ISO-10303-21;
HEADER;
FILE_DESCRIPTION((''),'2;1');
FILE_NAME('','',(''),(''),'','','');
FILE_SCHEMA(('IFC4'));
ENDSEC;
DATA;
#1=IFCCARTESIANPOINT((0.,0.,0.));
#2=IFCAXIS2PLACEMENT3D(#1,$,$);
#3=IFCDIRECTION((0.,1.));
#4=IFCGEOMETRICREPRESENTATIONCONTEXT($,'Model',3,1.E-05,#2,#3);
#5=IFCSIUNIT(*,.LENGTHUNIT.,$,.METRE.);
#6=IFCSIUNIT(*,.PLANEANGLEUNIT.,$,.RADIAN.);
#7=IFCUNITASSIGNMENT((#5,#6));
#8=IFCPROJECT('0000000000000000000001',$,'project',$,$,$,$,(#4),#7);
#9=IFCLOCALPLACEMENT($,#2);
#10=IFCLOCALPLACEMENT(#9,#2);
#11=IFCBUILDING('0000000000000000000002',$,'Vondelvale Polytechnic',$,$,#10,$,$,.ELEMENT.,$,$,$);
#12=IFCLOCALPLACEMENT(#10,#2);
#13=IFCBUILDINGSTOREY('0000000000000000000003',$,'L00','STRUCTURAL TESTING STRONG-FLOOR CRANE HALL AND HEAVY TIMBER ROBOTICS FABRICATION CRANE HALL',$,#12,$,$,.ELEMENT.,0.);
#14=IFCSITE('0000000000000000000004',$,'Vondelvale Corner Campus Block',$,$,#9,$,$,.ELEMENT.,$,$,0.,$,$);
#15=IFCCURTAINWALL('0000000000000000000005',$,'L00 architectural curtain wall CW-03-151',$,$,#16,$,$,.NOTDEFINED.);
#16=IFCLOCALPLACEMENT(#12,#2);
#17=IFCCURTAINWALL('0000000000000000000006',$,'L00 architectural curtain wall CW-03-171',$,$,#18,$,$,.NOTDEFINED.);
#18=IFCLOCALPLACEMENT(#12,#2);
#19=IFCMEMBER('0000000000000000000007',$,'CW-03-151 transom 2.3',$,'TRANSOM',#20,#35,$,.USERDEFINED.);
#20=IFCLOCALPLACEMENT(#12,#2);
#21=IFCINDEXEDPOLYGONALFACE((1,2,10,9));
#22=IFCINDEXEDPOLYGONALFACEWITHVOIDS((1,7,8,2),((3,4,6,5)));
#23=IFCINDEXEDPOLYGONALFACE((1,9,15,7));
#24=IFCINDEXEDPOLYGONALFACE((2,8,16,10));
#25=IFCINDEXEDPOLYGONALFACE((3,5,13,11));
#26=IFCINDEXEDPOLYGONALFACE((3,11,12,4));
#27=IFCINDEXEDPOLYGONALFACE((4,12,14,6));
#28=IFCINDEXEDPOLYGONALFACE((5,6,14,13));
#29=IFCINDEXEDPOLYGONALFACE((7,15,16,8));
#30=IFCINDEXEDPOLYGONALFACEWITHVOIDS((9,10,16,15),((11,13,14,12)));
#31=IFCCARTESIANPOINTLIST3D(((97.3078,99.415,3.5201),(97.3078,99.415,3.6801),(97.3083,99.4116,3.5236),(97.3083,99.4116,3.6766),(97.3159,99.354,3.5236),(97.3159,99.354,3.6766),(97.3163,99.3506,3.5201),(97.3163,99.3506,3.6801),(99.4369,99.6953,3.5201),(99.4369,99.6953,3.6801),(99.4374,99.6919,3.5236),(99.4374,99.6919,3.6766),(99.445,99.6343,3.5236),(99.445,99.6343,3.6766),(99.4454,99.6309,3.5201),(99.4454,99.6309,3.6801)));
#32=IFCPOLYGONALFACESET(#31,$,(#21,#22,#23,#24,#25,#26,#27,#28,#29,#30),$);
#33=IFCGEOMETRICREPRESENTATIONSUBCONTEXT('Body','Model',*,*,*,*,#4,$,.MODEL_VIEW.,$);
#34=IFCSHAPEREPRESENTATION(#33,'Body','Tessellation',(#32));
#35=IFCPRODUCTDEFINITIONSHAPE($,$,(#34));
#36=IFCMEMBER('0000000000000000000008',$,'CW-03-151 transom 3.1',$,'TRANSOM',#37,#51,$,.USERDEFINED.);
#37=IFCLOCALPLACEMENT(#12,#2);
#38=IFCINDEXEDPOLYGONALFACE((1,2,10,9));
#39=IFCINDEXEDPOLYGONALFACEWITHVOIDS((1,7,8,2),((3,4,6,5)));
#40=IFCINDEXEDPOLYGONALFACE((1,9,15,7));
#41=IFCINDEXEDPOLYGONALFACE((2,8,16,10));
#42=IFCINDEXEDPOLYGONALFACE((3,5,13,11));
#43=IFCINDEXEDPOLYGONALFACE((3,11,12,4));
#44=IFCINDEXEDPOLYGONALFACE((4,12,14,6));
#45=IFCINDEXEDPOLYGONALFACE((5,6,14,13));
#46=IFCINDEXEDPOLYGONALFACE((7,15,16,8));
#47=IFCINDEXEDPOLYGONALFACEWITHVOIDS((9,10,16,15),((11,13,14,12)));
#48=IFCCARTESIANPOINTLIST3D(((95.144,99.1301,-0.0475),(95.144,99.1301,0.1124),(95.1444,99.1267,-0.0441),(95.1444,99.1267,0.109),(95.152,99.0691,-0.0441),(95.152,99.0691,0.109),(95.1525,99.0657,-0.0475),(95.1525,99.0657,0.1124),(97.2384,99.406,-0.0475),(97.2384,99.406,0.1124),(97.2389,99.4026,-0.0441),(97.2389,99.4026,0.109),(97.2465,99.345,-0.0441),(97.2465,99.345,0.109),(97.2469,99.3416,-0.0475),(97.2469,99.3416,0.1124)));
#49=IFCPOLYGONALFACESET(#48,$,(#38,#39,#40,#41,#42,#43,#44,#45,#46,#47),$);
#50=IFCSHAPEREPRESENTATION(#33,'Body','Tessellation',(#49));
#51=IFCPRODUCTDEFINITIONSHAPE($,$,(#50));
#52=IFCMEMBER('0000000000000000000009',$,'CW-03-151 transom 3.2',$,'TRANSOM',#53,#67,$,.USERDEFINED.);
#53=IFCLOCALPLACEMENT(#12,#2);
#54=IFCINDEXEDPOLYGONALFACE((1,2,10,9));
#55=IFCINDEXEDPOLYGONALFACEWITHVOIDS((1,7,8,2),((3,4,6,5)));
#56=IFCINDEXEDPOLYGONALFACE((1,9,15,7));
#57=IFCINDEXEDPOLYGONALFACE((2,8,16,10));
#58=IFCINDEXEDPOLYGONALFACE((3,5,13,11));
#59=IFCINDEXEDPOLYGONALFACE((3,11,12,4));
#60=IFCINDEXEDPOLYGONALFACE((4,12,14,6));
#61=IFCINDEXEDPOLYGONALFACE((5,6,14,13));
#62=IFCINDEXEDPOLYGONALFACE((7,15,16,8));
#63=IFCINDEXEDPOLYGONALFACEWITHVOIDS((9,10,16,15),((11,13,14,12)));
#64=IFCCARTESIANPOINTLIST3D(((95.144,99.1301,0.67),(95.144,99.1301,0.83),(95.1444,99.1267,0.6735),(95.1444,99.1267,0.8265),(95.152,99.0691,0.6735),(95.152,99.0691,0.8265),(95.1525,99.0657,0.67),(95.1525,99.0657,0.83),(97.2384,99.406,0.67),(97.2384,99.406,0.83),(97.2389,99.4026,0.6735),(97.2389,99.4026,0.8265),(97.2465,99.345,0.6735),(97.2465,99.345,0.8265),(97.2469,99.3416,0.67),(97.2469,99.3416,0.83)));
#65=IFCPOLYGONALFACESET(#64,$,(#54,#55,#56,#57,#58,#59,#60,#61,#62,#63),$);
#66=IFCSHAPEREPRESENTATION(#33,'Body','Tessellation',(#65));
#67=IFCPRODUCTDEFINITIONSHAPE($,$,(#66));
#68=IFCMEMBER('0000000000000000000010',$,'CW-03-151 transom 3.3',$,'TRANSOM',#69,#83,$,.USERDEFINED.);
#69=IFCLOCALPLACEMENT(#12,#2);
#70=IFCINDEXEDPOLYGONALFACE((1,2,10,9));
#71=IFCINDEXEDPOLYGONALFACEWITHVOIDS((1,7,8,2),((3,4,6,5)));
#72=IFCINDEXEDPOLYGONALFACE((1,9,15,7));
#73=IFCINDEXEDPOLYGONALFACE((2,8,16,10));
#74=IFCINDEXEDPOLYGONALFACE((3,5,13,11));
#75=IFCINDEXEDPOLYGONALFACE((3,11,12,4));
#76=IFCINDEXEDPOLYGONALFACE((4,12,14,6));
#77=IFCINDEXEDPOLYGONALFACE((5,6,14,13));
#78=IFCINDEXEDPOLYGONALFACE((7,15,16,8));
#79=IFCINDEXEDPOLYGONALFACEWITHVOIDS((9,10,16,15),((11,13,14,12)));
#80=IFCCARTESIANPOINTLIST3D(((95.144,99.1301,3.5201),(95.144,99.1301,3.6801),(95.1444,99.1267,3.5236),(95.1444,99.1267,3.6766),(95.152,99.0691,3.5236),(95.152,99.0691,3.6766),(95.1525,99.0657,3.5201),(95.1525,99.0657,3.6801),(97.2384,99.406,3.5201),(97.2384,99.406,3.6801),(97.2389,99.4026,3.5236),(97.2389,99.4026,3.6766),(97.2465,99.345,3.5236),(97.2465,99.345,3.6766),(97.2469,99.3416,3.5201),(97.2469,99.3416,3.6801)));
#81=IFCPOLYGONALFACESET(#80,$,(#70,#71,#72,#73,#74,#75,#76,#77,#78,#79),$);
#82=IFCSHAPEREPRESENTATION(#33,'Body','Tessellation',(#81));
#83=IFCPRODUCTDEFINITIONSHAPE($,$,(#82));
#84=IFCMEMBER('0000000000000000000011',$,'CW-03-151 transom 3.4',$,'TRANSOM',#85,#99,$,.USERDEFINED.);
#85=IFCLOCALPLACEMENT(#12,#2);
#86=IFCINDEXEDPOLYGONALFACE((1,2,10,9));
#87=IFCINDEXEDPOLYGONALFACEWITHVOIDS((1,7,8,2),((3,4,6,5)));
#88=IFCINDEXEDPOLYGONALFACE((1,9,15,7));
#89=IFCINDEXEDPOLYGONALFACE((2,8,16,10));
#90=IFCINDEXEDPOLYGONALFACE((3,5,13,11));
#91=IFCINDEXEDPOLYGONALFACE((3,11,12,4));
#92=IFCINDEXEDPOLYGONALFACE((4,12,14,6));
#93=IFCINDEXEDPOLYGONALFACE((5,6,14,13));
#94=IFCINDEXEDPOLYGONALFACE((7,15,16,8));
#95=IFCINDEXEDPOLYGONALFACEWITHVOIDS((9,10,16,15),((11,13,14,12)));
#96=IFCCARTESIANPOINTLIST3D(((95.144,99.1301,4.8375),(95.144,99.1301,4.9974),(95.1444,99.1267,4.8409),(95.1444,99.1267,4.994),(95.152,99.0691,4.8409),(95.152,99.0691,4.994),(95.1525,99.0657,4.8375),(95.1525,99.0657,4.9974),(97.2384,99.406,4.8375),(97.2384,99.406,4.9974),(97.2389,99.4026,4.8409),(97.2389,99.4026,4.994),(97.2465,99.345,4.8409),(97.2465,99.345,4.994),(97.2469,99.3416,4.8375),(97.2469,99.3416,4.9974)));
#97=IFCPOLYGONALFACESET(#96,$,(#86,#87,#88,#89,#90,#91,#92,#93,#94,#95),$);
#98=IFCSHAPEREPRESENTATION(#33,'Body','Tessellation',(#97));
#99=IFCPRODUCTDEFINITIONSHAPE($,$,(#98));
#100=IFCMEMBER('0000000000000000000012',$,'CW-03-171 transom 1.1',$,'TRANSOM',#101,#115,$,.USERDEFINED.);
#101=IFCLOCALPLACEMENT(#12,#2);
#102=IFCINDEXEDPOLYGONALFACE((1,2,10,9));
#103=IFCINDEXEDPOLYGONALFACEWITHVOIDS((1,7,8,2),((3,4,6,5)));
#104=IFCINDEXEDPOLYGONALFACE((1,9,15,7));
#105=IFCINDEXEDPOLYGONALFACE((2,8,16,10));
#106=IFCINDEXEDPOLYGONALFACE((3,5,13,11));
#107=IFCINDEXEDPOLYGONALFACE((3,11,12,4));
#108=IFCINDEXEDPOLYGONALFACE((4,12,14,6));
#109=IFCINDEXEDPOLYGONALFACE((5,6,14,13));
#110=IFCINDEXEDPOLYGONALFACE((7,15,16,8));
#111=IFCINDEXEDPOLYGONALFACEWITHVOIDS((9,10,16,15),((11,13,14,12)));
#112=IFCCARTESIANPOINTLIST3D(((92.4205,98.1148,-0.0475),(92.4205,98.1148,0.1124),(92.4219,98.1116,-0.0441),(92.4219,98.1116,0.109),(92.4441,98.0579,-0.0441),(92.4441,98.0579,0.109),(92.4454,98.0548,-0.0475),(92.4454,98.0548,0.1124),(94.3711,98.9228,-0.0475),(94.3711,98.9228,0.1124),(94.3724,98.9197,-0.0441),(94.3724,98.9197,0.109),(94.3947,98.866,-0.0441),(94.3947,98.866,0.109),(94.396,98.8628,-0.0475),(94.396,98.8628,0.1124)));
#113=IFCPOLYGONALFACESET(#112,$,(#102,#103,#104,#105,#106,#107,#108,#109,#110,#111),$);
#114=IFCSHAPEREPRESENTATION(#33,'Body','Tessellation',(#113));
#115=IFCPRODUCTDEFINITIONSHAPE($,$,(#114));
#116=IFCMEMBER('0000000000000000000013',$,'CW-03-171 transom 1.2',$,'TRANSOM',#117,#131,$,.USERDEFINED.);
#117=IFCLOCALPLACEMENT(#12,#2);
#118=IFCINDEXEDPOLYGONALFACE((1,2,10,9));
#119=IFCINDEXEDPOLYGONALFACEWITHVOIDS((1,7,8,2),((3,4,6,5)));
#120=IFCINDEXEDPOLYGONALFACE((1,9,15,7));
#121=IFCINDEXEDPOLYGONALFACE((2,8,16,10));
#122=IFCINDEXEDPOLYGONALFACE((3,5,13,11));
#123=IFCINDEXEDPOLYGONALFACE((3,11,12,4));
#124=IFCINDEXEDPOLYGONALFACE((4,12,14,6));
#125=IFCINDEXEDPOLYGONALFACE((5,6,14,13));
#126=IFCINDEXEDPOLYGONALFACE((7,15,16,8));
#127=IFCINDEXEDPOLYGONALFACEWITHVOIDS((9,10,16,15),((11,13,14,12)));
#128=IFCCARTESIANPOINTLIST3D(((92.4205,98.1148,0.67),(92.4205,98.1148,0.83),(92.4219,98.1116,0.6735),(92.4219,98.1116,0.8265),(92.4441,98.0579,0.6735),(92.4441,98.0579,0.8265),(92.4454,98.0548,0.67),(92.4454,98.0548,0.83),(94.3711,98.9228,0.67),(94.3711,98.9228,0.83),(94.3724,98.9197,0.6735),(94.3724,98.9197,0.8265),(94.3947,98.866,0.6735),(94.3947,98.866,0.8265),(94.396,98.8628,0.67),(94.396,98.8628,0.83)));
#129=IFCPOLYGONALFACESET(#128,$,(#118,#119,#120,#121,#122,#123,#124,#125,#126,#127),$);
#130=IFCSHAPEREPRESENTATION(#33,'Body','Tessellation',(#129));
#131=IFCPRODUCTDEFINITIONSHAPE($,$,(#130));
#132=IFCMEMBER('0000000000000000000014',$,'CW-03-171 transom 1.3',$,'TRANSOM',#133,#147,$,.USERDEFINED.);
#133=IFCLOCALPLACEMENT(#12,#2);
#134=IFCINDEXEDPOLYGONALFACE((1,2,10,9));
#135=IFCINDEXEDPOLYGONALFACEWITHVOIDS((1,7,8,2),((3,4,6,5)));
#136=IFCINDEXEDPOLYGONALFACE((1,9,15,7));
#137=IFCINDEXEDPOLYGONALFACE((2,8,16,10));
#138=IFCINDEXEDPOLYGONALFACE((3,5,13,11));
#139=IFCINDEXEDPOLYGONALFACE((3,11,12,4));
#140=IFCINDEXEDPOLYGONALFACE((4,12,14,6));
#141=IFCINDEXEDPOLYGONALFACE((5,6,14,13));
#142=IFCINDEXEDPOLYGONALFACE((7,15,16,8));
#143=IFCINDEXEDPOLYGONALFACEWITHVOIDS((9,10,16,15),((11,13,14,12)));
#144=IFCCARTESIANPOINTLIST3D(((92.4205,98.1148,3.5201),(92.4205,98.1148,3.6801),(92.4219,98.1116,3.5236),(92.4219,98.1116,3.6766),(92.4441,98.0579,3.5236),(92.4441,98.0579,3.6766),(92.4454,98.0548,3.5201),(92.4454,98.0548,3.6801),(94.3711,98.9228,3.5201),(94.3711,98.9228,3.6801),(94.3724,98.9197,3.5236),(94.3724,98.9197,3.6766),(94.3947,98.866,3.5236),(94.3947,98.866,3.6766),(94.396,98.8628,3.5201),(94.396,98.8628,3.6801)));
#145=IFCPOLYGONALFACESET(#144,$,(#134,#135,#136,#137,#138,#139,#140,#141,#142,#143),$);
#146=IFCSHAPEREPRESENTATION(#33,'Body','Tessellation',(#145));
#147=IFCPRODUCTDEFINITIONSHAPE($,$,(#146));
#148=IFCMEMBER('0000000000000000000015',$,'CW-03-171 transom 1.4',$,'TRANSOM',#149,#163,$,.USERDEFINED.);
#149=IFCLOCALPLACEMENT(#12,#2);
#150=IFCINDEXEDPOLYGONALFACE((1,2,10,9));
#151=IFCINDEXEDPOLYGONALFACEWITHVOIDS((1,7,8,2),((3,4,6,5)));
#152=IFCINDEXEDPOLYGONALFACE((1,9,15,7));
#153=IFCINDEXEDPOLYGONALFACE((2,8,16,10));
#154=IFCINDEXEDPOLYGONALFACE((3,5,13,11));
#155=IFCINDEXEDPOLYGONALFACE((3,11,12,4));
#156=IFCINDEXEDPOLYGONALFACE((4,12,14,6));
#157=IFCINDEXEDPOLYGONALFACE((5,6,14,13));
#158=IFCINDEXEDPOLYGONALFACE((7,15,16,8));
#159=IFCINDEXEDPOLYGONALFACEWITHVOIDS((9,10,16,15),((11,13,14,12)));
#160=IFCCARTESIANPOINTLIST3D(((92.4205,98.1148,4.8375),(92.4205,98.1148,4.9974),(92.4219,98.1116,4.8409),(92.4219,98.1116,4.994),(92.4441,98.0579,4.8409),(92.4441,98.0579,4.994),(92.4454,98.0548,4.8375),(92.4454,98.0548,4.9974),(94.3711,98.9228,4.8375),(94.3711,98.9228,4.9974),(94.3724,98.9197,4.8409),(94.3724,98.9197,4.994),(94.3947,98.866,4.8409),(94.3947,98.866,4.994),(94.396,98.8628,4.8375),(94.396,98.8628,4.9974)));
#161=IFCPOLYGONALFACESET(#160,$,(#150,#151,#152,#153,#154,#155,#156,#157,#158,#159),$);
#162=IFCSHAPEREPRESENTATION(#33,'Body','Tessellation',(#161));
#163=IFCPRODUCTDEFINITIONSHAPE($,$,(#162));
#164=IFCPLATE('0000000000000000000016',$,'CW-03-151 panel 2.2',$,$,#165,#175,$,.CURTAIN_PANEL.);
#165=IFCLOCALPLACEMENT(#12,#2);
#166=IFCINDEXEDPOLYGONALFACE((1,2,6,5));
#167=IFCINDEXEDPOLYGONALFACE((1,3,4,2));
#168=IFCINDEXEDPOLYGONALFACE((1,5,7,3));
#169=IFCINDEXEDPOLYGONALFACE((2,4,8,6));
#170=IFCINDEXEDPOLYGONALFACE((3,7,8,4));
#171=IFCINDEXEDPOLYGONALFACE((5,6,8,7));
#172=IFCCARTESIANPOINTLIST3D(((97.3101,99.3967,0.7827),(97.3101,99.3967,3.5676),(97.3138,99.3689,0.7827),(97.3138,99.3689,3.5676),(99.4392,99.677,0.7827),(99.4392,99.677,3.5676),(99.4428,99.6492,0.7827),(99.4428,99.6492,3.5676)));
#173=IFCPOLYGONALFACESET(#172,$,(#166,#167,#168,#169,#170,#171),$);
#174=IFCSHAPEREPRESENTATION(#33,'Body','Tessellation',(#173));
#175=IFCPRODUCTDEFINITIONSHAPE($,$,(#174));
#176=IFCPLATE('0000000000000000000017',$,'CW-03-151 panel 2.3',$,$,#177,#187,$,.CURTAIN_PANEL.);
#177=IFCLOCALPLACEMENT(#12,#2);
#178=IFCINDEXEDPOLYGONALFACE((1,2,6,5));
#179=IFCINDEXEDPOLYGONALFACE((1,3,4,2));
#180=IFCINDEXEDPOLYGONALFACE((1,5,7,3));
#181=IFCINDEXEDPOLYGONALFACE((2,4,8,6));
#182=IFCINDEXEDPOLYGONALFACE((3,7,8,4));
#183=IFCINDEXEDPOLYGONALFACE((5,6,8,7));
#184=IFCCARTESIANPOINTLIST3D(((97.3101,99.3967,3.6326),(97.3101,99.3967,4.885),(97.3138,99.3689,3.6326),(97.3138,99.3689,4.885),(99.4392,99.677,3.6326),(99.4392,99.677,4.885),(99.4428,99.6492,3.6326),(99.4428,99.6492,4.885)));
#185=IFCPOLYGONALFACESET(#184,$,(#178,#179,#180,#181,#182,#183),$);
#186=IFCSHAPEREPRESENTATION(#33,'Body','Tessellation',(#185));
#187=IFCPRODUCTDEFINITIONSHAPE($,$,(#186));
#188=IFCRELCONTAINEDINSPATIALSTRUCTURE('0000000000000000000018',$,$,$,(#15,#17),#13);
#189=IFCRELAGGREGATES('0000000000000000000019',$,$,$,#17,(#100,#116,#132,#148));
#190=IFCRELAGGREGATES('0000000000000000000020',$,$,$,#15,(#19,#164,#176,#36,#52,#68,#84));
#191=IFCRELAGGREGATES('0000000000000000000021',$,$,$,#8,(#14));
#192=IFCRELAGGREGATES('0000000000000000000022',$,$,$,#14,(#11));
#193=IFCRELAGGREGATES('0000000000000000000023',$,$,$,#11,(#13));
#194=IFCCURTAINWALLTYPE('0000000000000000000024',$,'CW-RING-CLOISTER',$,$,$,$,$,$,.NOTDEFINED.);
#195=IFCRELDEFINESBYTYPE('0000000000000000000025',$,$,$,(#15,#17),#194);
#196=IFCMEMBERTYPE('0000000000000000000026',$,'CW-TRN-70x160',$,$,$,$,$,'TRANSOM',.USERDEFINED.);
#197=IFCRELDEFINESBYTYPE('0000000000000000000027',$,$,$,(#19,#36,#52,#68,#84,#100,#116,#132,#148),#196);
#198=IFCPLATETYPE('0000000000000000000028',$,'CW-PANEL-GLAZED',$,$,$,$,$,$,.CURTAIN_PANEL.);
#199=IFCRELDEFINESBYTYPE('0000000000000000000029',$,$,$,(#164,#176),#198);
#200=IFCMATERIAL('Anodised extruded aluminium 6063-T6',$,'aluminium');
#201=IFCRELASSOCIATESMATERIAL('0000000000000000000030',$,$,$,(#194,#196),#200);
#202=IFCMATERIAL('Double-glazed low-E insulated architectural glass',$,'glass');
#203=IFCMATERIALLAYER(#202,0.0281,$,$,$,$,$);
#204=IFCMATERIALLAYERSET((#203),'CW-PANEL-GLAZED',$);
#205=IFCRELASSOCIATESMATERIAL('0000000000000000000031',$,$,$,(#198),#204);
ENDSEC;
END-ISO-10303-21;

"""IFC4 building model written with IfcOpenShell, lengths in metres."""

from ifc_helpers import new_model, si_unit, direction, frame, origin, origin_2d, place, context, subcontext, project, spatial, rectangle, hollow_rectangle, extrude, material, layer, layer_set, material_profile, profile_set, type_object, element, aggregate, save


model = new_model("IFC4")

# Units and contexts
model_context = context("Model", 3, precision=1e-05, world=origin(), true_north=direction((0.0, 1.0)))
body_context = subcontext(model_context, "Body", "Model", "MODEL_VIEW")
ifc_project = project(units=[si_unit("LENGTHUNIT", "METRE"), si_unit("PLANEANGLEUNIT", "RADIAN")], contexts=[model_context])

# Site, building, storey
site_placement = place(None, origin())
site = spatial("IfcSite", under=ifc_project, at=site_placement, Name="Vondelvale Corner Campus Block", CompositionType="ELEMENT", RefElevation=0.0)
building_placement = place(site_placement, origin())
building = spatial("IfcBuilding", under=site, at=building_placement, Name="Vondelvale Polytechnic", CompositionType="ELEMENT")
storey_placement = place(building_placement, origin())
storey = spatial("IfcBuildingStorey", under=building, at=storey_placement, Name="L00", Description="STRUCTURAL TESTING STRONG-FLOOR CRANE HALL AND HEAVY TIMBER ROBOTICS FABRICATION CRANE HALL", CompositionType="ELEMENT", Elevation=0.0)

# Curtain wall
ifc_material_1 = material(Name="Anodised extruded aluminium 6063-T6", Category="aluminium")
curtain_wall_type = type_object("IfcCurtainWallType", Name="CW-RING-CLOISTER", PredefinedType="NOTDEFINED", material=ifc_material_1)
curtain_wall_1_placement = place(storey_placement, origin())
curtain_wall_1 = element("IfcCurtainWall", 1, at=curtain_wall_1_placement, inside=storey, type_object=curtain_wall_type, Name="L00 architectural curtain wall CW-03-151", PredefinedType="NOTDEFINED")

# Curtain wall
curtain_wall_2_placement = place(storey_placement, origin())
curtain_wall_2 = element("IfcCurtainWall", 2, at=curtain_wall_2_placement, inside=storey, type_object=curtain_wall_type, Name="L00 architectural curtain wall CW-03-171", PredefinedType="NOTDEFINED")

# Members
ifc_material_profile_1 = material_profile(ifc_material_1, hollow_rectangle(XDim=0.0649, YDim=0.1599, WallThickness=0.0034, at=origin_2d()), Name="CW-TRN-160x65")
ifc_profile_set_1 = profile_set([ifc_material_profile_1], Name="Anodised extruded aluminium 6063-T6")
member_type_1 = type_object("IfcMemberType", Name="CW-TRN-70x160", ElementType="TRANSOM", PredefinedType="USERDEFINED", material=ifc_profile_set_1)
member_1_placement = place(storey_placement, frame((99.4412, 99.6631, 3.6001), z_axis=(-0.991447, -0.13051, 0.0), x_axis=(0.13051, -0.991447, 0.0)))
member_1 = element("IfcMember", 3, at=member_1_placement, type_object=member_type_1, Name="CW-03-151 transom 2.3", ObjectType="TRANSOM", PredefinedType="USERDEFINED", context=body_context, shape_type="SweptSolid", body=[
    extrude(hollow_rectangle(XDim=0.0649, YDim=0.1599, WallThickness=0.0034, at=origin_2d()), origin(), (0.0, 0.0, 1.0), 2.1475),
])
member_2_placement = place(storey_placement, frame((97.2427, 99.3738, 0.0325), z_axis=(-0.991437, -0.130589, 0.0), x_axis=(0.130589, -0.991437, 0.0)))
member_2 = element("IfcMember", 4, at=member_2_placement, type_object=member_type_1, Name="CW-03-151 transom 3.1", ObjectType="TRANSOM", PredefinedType="USERDEFINED", context=body_context, shape_type="SweptSolid", body=[
    extrude(hollow_rectangle(XDim=0.0649, YDim=0.1599, WallThickness=0.0034, at=origin_2d()), origin(), (0.0, 0.0, 1.0), 2.1125),
])
member_3_placement = place(storey_placement, frame((97.2427, 99.3738, 0.75), z_axis=(-0.991437, -0.130589, 0.0), x_axis=(0.130589, -0.991437, 0.0)))
member_3 = element("IfcMember", 5, at=member_3_placement, type_object=member_type_1, Name="CW-03-151 transom 3.2", ObjectType="TRANSOM", PredefinedType="USERDEFINED", context=body_context, shape_type="SweptSolid", body=[
    extrude(hollow_rectangle(XDim=0.0649, YDim=0.1599, WallThickness=0.0034, at=origin_2d()), origin(), (0.0, 0.0, 1.0), 2.1125),
])
member_4_placement = place(storey_placement, frame((97.2427, 99.3738, 3.6001), z_axis=(-0.991437, -0.130589, 0.0), x_axis=(0.130589, -0.991437, 0.0)))
member_4 = element("IfcMember", 6, at=member_4_placement, type_object=member_type_1, Name="CW-03-151 transom 3.3", ObjectType="TRANSOM", PredefinedType="USERDEFINED", context=body_context, shape_type="SweptSolid", body=[
    extrude(hollow_rectangle(XDim=0.0649, YDim=0.1599, WallThickness=0.0034, at=origin_2d()), origin(), (0.0, 0.0, 1.0), 2.1125),
])
member_5_placement = place(storey_placement, frame((97.2427, 99.3738, 4.9175), z_axis=(-0.991437, -0.130589, 0.0), x_axis=(0.130589, -0.991437, 0.0)))
member_5 = element("IfcMember", 7, at=member_5_placement, type_object=member_type_1, Name="CW-03-151 transom 3.4", ObjectType="TRANSOM", PredefinedType="USERDEFINED", context=body_context, shape_type="SweptSolid", body=[
    extrude(hollow_rectangle(XDim=0.0649, YDim=0.1599, WallThickness=0.0034, at=origin_2d()), origin(), (0.0, 0.0, 1.0), 2.1125),
])
member_6_placement = place(storey_placement, frame((94.3835, 98.8928, 0.0325), z_axis=(-0.923862, -0.382726, 0.0), x_axis=(0.382726, -0.923862, 0.0)))
member_6 = element("IfcMember", 8, at=member_6_placement, type_object=member_type_1, Name="CW-03-171 transom 1.1", ObjectType="TRANSOM", PredefinedType="USERDEFINED", context=body_context, shape_type="SweptSolid", body=[
    extrude(hollow_rectangle(XDim=0.0649, YDim=0.1599, WallThickness=0.0034, at=origin_2d()), origin(), (0.0, 0.0, 1.0), 2.1113),
])
member_7_placement = place(storey_placement, frame((94.3835, 98.8928, 0.75), z_axis=(-0.923862, -0.382726, 0.0), x_axis=(0.382726, -0.923862, 0.0)))
member_7 = element("IfcMember", 9, at=member_7_placement, type_object=member_type_1, Name="CW-03-171 transom 1.2", ObjectType="TRANSOM", PredefinedType="USERDEFINED", context=body_context, shape_type="SweptSolid", body=[
    extrude(hollow_rectangle(XDim=0.0649, YDim=0.1599, WallThickness=0.0034, at=origin_2d()), origin(), (0.0, 0.0, 1.0), 2.1113),
])
member_8_placement = place(storey_placement, frame((94.3835, 98.8928, 3.6001), z_axis=(-0.923862, -0.382726, 0.0), x_axis=(0.382726, -0.923862, 0.0)))
member_8 = element("IfcMember", 10, at=member_8_placement, type_object=member_type_1, Name="CW-03-171 transom 1.3", ObjectType="TRANSOM", PredefinedType="USERDEFINED", context=body_context, shape_type="SweptSolid", body=[
    extrude(hollow_rectangle(XDim=0.0649, YDim=0.1599, WallThickness=0.0034, at=origin_2d()), origin(), (0.0, 0.0, 1.0), 2.1113),
])
member_9_placement = place(storey_placement, frame((94.3835, 98.8928, 4.9175), z_axis=(-0.923862, -0.382726, 0.0), x_axis=(0.382726, -0.923862, 0.0)))
member_9 = element("IfcMember", 11, at=member_9_placement, type_object=member_type_1, Name="CW-03-171 transom 1.4", ObjectType="TRANSOM", PredefinedType="USERDEFINED", context=body_context, shape_type="SweptSolid", body=[
    extrude(hollow_rectangle(XDim=0.0649, YDim=0.1599, WallThickness=0.0034, at=origin_2d()), origin(), (0.0, 0.0, 1.0), 2.1113),
])
aggregate(curtain_wall_2, [member_6, member_7, member_8, member_9])

# Plates
ifc_material_2 = material(Name="Double-glazed low-E insulated architectural glass", Category="glass")
ifc_layer_1 = layer(ifc_material_2, 0.0281)
ifc_layer_set_1 = layer_set([ifc_layer_1], Name="CW-PANEL-GLAZED")
plate_type_1 = type_object("IfcPlateType", Name="CW-PANEL-GLAZED", PredefinedType="CURTAIN_PANEL", material=ifc_layer_set_1)
plate_1_placement = place(storey_placement, frame((98.3765, 99.5229, 0.7827), z_axis=(0.0, 0.0, 1.0), x_axis=(-0.991445, -0.130528, 0.0)))
plate_1 = element("IfcPlate", 12, at=plate_1_placement, type_object=plate_type_1, Name="CW-03-151 panel 2.2", PredefinedType="CURTAIN_PANEL", context=body_context, shape_type="SweptSolid", body=[
    extrude(rectangle(XDim=2.1475, YDim=0.0281, at=origin_2d()), origin(), (0.0, 0.0, 1.0), 2.7849),
])
plate_2_placement = place(storey_placement, frame((98.3765, 99.5229, 3.6326), z_axis=(0.0, 0.0, 1.0), x_axis=(-0.991445, -0.130528, 0.0)))
plate_2 = element("IfcPlate", 13, at=plate_2_placement, type_object=plate_type_1, Name="CW-03-151 panel 2.3", PredefinedType="CURTAIN_PANEL", context=body_context, shape_type="SweptSolid", body=[
    extrude(rectangle(XDim=2.1475, YDim=0.0281, at=origin_2d()), origin(), (0.0, 0.0, 1.0), 1.2524),
])
aggregate(curtain_wall_1, [member_1, plate_1, plate_2, member_2, member_3, member_4, member_5])

save(model, "model.ifc")
